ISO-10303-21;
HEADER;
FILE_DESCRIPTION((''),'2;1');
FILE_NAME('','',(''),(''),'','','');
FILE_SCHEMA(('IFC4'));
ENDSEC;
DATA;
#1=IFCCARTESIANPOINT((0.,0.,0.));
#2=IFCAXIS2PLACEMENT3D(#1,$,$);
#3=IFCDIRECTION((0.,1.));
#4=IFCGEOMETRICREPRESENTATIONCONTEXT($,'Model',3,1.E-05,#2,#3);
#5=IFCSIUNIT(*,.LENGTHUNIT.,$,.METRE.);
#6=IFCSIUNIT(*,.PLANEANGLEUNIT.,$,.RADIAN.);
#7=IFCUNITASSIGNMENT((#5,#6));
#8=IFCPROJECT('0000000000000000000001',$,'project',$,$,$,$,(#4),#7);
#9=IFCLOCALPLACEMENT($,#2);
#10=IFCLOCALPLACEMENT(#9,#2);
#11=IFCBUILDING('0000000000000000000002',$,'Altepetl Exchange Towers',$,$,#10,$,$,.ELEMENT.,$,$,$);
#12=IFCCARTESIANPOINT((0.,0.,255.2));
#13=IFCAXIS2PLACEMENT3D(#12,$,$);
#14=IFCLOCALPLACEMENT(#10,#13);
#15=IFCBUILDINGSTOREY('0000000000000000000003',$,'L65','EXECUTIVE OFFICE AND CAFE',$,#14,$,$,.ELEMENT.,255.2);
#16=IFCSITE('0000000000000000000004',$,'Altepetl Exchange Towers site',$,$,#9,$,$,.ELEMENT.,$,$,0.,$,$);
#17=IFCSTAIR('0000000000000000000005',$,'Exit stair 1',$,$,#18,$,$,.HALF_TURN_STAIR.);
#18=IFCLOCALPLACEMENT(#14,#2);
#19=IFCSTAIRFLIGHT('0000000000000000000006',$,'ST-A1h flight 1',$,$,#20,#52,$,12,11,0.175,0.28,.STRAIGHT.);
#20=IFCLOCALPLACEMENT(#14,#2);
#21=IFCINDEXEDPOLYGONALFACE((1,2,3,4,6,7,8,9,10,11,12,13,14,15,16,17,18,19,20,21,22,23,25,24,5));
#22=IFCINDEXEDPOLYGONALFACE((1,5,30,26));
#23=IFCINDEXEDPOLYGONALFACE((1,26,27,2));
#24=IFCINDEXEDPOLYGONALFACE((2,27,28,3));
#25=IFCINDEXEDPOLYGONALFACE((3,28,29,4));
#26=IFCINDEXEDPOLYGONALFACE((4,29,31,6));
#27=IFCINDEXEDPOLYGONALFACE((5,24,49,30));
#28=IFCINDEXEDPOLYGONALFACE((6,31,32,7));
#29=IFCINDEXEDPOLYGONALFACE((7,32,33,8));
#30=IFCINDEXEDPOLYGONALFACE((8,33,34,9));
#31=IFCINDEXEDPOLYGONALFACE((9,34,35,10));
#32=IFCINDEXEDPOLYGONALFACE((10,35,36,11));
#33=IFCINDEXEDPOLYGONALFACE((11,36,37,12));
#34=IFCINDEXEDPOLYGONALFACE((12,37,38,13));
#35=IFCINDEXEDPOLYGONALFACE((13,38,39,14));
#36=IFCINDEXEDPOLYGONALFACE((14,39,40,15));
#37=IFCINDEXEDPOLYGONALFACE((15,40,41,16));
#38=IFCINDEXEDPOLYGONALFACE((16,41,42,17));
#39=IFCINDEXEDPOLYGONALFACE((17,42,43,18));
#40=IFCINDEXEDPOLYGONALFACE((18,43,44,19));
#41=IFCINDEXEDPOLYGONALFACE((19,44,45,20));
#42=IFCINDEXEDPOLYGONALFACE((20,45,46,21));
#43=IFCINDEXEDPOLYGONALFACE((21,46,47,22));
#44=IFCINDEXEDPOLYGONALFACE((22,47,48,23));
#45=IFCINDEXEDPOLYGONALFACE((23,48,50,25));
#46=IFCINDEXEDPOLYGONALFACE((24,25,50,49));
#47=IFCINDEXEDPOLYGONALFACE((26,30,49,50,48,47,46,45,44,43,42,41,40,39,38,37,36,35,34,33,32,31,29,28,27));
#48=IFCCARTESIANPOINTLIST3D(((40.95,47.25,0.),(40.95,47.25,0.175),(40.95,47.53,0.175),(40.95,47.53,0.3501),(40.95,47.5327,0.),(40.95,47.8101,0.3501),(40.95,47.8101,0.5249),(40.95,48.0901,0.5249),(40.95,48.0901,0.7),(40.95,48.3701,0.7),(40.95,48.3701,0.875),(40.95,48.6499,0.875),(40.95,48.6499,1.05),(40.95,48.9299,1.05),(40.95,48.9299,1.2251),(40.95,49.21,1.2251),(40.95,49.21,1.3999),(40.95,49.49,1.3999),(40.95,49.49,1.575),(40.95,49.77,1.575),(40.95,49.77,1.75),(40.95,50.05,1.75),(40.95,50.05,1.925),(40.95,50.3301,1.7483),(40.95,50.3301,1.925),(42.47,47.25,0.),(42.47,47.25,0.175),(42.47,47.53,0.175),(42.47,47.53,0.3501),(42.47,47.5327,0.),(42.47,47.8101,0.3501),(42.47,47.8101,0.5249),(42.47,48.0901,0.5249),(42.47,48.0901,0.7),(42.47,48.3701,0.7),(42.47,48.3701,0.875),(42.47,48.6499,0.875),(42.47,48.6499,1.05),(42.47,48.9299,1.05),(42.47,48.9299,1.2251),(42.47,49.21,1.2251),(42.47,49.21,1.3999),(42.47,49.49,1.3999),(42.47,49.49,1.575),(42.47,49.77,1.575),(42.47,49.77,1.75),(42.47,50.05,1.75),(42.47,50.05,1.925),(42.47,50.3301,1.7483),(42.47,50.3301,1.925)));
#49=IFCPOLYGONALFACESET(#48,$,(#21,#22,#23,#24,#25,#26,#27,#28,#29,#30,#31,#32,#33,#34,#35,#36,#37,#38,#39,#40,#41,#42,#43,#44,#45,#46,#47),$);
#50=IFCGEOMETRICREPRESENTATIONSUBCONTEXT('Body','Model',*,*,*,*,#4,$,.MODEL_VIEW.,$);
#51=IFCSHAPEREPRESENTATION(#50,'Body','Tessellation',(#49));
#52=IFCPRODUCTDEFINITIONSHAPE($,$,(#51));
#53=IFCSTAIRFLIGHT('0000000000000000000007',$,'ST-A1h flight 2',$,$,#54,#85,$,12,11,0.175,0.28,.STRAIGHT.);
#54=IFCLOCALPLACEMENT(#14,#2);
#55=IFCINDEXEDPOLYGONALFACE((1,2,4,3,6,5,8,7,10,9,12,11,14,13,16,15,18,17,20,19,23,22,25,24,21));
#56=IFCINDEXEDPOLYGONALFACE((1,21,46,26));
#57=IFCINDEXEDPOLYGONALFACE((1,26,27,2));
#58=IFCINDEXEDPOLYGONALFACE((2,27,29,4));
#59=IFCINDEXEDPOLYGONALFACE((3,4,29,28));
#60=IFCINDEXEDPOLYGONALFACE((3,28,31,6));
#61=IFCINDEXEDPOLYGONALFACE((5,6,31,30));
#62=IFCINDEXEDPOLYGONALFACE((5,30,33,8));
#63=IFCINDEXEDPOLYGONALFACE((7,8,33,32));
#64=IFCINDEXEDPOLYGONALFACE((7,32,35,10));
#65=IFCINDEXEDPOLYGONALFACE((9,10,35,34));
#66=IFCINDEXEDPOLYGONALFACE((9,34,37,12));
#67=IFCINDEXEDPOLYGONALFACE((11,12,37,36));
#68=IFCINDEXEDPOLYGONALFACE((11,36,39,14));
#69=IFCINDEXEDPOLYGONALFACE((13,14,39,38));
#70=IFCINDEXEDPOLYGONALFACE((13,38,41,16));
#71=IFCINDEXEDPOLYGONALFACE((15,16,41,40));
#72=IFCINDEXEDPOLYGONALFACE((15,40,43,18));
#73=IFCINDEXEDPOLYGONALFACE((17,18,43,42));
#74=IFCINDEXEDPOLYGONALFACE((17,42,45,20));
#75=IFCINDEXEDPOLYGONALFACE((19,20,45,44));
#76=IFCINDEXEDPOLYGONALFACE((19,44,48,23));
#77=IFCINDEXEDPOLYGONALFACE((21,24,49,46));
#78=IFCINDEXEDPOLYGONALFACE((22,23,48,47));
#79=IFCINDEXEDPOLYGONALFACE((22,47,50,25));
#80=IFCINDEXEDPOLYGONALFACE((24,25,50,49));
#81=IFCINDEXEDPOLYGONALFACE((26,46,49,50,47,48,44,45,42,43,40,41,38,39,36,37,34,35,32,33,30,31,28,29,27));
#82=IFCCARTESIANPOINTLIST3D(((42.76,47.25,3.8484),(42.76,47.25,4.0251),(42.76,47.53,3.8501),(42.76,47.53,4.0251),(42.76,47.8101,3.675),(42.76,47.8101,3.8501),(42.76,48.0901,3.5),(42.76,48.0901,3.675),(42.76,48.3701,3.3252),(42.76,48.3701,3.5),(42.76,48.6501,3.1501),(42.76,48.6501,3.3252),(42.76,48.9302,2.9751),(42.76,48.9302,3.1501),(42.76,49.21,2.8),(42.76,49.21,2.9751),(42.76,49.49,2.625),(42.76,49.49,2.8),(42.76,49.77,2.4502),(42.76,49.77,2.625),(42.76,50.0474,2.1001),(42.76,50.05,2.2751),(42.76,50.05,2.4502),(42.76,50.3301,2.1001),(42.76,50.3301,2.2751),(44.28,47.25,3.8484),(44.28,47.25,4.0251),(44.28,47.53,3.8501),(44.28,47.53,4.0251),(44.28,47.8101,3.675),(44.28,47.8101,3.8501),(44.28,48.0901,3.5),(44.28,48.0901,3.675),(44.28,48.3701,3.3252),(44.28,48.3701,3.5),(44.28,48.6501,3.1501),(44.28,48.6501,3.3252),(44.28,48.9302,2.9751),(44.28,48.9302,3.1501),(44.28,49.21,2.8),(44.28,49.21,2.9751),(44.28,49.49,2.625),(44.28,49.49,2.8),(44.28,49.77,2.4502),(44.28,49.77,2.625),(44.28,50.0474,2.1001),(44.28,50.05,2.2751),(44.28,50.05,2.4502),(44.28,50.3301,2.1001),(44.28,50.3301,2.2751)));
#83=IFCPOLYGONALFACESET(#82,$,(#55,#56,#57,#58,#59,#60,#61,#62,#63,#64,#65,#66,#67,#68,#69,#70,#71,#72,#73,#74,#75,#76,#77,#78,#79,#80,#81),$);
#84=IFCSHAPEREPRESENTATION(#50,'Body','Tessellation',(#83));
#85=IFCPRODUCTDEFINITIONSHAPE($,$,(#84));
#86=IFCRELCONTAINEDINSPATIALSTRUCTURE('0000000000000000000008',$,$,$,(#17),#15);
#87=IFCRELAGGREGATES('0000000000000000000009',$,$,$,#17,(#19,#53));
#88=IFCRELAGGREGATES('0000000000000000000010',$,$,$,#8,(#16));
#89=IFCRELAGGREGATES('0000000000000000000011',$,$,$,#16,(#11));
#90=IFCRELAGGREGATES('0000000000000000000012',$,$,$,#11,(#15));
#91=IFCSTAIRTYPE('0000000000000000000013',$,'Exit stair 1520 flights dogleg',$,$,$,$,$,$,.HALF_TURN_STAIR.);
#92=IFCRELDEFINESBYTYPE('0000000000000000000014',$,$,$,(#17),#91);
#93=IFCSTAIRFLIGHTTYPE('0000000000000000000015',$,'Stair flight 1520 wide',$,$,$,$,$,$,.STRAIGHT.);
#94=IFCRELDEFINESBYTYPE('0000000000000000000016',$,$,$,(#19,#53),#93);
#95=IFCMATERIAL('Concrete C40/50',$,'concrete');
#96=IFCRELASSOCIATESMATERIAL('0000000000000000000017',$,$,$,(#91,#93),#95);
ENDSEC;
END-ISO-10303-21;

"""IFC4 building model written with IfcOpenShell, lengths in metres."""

from ifc_helpers import new_model, si_unit, direction, frame, origin, place, context, subcontext, project, spatial, polyline, outline, extrude, material, type_object, element, aggregate, save


model = new_model("IFC4")

# Units and contexts
model_context = context("Model", 3, precision=1e-05, world=origin(), true_north=direction((0.0, 1.0)))
body_context = subcontext(model_context, "Body", "Model", "MODEL_VIEW")
ifc_project = project(units=[si_unit("LENGTHUNIT", "METRE"), si_unit("PLANEANGLEUNIT", "RADIAN")], contexts=[model_context])

# Site, building, storey
site_placement = place(None, origin())
site = spatial("IfcSite", under=ifc_project, at=site_placement, Name="Altepetl Exchange Towers site", CompositionType="ELEMENT", RefElevation=0.0)
building_placement = place(site_placement, origin())
building = spatial("IfcBuilding", under=site, at=building_placement, Name="Altepetl Exchange Towers", CompositionType="ELEMENT")
storey_placement = place(building_placement, frame((0.0, 0.0, 255.2)))
storey = spatial("IfcBuildingStorey", under=building, at=storey_placement, Name="L65", Description="EXECUTIVE OFFICE AND CAFE", CompositionType="ELEMENT", Elevation=255.2)

# Shared definitions
ifc_material_1 = material(Name="Concrete C40/50", Category="concrete")

# Stair, stair flights
stair_type = type_object("IfcStairType", Name="Exit stair 1520 flights dogleg", PredefinedType="HALF_TURN_STAIR", material=ifc_material_1)
stair_placement = place(storey_placement, origin())
stair = element("IfcStair", 1, at=stair_placement, inside=storey, type_object=stair_type, Name="Exit stair 1", PredefinedType="HALF_TURN_STAIR")
stair_flight_type = type_object("IfcStairFlightType", Name="Stair flight 1520 wide", PredefinedType="STRAIGHT", material=ifc_material_1)
stair_flight_1_placement = place(storey_placement, frame((41.71, 47.25, 0.0), z_axis=(0.0, 0.0, 1.0), x_axis=(0.0, 1.0, 0.0)))
stair_flight_1 = element("IfcStairFlight", 2, at=stair_flight_1_placement, type_object=stair_flight_type, Name="ST-A1h flight 1", NumberOfRisers=12, NumberOfTreads=11, PredefinedType="STRAIGHT", RiserHeight=0.175, TreadLength=0.28, context=body_context, shape_type="SweptSolid", body=[
    extrude(outline(polyline([(0.0, 0.0), (0.0, 0.175), (0.28, 0.175), (0.28, 0.3501), (0.5601, 0.3501), (0.5601, 0.5249), (0.8401, 0.5249), (0.8401, 0.7), (1.1201, 0.7), (1.1201, 0.875), (1.3999, 0.875), (1.3999, 1.05), (1.6799, 1.05), (1.6799, 1.2251), (1.96, 1.2251), (1.96, 1.3999), (2.24, 1.3999), (2.24, 1.575), (2.52, 1.575), (2.52, 1.75), (2.8, 1.75), (2.8, 1.925), (3.0801, 1.925), (3.0801, 2.1001), (3.0801, 1.7483), (0.2827, 0.0), (0.0, 0.0)])), frame((0.0, 0.76, 0.0), z_axis=(0.0, -1.0, 0.0), x_axis=(1.0, 0.0, 0.0)), (0.0, 0.0, 1.0), 1.52),
])
stair_flight_2_placement = place(storey_placement, frame((43.52, 50.3301, 2.1001), z_axis=(0.0, 0.0, 1.0), x_axis=(0.0, -1.0, 0.0)))
stair_flight_2 = element("IfcStairFlight", 3, at=stair_flight_2_placement, type_object=stair_flight_type, Name="ST-A1h flight 2", NumberOfRisers=12, NumberOfTreads=11, PredefinedType="STRAIGHT", RiserHeight=0.175, TreadLength=0.28, context=body_context, shape_type="SweptSolid", body=[
    extrude(outline(polyline([(0.0, 0.0), (0.0, 0.175), (0.28, 0.175), (0.28, 0.3501), (0.5601, 0.3501), (0.5601, 0.5249), (0.8401, 0.5249), (0.8401, 0.7), (1.1201, 0.7), (1.1201, 0.875), (1.3999, 0.875), (1.3999, 1.05), (1.6799, 1.05), (1.6799, 1.2251), (1.96, 1.2251), (1.96, 1.3999), (2.24, 1.3999), (2.24, 1.575), (2.52, 1.575), (2.52, 1.75), (2.8, 1.75), (2.8, 1.925), (3.0801, 1.925), (3.0801, 2.1001), (3.0801, 1.7483), (0.2827, 0.0), (0.0, 0.0)])), frame((0.0, 0.76, 0.0), z_axis=(0.0, -1.0, 0.0), x_axis=(1.0, 0.0, 0.0)), (0.0, 0.0, 1.0), 1.52),
])
aggregate(stair, [stair_flight_1, stair_flight_2])

save(model, "model.ifc")
